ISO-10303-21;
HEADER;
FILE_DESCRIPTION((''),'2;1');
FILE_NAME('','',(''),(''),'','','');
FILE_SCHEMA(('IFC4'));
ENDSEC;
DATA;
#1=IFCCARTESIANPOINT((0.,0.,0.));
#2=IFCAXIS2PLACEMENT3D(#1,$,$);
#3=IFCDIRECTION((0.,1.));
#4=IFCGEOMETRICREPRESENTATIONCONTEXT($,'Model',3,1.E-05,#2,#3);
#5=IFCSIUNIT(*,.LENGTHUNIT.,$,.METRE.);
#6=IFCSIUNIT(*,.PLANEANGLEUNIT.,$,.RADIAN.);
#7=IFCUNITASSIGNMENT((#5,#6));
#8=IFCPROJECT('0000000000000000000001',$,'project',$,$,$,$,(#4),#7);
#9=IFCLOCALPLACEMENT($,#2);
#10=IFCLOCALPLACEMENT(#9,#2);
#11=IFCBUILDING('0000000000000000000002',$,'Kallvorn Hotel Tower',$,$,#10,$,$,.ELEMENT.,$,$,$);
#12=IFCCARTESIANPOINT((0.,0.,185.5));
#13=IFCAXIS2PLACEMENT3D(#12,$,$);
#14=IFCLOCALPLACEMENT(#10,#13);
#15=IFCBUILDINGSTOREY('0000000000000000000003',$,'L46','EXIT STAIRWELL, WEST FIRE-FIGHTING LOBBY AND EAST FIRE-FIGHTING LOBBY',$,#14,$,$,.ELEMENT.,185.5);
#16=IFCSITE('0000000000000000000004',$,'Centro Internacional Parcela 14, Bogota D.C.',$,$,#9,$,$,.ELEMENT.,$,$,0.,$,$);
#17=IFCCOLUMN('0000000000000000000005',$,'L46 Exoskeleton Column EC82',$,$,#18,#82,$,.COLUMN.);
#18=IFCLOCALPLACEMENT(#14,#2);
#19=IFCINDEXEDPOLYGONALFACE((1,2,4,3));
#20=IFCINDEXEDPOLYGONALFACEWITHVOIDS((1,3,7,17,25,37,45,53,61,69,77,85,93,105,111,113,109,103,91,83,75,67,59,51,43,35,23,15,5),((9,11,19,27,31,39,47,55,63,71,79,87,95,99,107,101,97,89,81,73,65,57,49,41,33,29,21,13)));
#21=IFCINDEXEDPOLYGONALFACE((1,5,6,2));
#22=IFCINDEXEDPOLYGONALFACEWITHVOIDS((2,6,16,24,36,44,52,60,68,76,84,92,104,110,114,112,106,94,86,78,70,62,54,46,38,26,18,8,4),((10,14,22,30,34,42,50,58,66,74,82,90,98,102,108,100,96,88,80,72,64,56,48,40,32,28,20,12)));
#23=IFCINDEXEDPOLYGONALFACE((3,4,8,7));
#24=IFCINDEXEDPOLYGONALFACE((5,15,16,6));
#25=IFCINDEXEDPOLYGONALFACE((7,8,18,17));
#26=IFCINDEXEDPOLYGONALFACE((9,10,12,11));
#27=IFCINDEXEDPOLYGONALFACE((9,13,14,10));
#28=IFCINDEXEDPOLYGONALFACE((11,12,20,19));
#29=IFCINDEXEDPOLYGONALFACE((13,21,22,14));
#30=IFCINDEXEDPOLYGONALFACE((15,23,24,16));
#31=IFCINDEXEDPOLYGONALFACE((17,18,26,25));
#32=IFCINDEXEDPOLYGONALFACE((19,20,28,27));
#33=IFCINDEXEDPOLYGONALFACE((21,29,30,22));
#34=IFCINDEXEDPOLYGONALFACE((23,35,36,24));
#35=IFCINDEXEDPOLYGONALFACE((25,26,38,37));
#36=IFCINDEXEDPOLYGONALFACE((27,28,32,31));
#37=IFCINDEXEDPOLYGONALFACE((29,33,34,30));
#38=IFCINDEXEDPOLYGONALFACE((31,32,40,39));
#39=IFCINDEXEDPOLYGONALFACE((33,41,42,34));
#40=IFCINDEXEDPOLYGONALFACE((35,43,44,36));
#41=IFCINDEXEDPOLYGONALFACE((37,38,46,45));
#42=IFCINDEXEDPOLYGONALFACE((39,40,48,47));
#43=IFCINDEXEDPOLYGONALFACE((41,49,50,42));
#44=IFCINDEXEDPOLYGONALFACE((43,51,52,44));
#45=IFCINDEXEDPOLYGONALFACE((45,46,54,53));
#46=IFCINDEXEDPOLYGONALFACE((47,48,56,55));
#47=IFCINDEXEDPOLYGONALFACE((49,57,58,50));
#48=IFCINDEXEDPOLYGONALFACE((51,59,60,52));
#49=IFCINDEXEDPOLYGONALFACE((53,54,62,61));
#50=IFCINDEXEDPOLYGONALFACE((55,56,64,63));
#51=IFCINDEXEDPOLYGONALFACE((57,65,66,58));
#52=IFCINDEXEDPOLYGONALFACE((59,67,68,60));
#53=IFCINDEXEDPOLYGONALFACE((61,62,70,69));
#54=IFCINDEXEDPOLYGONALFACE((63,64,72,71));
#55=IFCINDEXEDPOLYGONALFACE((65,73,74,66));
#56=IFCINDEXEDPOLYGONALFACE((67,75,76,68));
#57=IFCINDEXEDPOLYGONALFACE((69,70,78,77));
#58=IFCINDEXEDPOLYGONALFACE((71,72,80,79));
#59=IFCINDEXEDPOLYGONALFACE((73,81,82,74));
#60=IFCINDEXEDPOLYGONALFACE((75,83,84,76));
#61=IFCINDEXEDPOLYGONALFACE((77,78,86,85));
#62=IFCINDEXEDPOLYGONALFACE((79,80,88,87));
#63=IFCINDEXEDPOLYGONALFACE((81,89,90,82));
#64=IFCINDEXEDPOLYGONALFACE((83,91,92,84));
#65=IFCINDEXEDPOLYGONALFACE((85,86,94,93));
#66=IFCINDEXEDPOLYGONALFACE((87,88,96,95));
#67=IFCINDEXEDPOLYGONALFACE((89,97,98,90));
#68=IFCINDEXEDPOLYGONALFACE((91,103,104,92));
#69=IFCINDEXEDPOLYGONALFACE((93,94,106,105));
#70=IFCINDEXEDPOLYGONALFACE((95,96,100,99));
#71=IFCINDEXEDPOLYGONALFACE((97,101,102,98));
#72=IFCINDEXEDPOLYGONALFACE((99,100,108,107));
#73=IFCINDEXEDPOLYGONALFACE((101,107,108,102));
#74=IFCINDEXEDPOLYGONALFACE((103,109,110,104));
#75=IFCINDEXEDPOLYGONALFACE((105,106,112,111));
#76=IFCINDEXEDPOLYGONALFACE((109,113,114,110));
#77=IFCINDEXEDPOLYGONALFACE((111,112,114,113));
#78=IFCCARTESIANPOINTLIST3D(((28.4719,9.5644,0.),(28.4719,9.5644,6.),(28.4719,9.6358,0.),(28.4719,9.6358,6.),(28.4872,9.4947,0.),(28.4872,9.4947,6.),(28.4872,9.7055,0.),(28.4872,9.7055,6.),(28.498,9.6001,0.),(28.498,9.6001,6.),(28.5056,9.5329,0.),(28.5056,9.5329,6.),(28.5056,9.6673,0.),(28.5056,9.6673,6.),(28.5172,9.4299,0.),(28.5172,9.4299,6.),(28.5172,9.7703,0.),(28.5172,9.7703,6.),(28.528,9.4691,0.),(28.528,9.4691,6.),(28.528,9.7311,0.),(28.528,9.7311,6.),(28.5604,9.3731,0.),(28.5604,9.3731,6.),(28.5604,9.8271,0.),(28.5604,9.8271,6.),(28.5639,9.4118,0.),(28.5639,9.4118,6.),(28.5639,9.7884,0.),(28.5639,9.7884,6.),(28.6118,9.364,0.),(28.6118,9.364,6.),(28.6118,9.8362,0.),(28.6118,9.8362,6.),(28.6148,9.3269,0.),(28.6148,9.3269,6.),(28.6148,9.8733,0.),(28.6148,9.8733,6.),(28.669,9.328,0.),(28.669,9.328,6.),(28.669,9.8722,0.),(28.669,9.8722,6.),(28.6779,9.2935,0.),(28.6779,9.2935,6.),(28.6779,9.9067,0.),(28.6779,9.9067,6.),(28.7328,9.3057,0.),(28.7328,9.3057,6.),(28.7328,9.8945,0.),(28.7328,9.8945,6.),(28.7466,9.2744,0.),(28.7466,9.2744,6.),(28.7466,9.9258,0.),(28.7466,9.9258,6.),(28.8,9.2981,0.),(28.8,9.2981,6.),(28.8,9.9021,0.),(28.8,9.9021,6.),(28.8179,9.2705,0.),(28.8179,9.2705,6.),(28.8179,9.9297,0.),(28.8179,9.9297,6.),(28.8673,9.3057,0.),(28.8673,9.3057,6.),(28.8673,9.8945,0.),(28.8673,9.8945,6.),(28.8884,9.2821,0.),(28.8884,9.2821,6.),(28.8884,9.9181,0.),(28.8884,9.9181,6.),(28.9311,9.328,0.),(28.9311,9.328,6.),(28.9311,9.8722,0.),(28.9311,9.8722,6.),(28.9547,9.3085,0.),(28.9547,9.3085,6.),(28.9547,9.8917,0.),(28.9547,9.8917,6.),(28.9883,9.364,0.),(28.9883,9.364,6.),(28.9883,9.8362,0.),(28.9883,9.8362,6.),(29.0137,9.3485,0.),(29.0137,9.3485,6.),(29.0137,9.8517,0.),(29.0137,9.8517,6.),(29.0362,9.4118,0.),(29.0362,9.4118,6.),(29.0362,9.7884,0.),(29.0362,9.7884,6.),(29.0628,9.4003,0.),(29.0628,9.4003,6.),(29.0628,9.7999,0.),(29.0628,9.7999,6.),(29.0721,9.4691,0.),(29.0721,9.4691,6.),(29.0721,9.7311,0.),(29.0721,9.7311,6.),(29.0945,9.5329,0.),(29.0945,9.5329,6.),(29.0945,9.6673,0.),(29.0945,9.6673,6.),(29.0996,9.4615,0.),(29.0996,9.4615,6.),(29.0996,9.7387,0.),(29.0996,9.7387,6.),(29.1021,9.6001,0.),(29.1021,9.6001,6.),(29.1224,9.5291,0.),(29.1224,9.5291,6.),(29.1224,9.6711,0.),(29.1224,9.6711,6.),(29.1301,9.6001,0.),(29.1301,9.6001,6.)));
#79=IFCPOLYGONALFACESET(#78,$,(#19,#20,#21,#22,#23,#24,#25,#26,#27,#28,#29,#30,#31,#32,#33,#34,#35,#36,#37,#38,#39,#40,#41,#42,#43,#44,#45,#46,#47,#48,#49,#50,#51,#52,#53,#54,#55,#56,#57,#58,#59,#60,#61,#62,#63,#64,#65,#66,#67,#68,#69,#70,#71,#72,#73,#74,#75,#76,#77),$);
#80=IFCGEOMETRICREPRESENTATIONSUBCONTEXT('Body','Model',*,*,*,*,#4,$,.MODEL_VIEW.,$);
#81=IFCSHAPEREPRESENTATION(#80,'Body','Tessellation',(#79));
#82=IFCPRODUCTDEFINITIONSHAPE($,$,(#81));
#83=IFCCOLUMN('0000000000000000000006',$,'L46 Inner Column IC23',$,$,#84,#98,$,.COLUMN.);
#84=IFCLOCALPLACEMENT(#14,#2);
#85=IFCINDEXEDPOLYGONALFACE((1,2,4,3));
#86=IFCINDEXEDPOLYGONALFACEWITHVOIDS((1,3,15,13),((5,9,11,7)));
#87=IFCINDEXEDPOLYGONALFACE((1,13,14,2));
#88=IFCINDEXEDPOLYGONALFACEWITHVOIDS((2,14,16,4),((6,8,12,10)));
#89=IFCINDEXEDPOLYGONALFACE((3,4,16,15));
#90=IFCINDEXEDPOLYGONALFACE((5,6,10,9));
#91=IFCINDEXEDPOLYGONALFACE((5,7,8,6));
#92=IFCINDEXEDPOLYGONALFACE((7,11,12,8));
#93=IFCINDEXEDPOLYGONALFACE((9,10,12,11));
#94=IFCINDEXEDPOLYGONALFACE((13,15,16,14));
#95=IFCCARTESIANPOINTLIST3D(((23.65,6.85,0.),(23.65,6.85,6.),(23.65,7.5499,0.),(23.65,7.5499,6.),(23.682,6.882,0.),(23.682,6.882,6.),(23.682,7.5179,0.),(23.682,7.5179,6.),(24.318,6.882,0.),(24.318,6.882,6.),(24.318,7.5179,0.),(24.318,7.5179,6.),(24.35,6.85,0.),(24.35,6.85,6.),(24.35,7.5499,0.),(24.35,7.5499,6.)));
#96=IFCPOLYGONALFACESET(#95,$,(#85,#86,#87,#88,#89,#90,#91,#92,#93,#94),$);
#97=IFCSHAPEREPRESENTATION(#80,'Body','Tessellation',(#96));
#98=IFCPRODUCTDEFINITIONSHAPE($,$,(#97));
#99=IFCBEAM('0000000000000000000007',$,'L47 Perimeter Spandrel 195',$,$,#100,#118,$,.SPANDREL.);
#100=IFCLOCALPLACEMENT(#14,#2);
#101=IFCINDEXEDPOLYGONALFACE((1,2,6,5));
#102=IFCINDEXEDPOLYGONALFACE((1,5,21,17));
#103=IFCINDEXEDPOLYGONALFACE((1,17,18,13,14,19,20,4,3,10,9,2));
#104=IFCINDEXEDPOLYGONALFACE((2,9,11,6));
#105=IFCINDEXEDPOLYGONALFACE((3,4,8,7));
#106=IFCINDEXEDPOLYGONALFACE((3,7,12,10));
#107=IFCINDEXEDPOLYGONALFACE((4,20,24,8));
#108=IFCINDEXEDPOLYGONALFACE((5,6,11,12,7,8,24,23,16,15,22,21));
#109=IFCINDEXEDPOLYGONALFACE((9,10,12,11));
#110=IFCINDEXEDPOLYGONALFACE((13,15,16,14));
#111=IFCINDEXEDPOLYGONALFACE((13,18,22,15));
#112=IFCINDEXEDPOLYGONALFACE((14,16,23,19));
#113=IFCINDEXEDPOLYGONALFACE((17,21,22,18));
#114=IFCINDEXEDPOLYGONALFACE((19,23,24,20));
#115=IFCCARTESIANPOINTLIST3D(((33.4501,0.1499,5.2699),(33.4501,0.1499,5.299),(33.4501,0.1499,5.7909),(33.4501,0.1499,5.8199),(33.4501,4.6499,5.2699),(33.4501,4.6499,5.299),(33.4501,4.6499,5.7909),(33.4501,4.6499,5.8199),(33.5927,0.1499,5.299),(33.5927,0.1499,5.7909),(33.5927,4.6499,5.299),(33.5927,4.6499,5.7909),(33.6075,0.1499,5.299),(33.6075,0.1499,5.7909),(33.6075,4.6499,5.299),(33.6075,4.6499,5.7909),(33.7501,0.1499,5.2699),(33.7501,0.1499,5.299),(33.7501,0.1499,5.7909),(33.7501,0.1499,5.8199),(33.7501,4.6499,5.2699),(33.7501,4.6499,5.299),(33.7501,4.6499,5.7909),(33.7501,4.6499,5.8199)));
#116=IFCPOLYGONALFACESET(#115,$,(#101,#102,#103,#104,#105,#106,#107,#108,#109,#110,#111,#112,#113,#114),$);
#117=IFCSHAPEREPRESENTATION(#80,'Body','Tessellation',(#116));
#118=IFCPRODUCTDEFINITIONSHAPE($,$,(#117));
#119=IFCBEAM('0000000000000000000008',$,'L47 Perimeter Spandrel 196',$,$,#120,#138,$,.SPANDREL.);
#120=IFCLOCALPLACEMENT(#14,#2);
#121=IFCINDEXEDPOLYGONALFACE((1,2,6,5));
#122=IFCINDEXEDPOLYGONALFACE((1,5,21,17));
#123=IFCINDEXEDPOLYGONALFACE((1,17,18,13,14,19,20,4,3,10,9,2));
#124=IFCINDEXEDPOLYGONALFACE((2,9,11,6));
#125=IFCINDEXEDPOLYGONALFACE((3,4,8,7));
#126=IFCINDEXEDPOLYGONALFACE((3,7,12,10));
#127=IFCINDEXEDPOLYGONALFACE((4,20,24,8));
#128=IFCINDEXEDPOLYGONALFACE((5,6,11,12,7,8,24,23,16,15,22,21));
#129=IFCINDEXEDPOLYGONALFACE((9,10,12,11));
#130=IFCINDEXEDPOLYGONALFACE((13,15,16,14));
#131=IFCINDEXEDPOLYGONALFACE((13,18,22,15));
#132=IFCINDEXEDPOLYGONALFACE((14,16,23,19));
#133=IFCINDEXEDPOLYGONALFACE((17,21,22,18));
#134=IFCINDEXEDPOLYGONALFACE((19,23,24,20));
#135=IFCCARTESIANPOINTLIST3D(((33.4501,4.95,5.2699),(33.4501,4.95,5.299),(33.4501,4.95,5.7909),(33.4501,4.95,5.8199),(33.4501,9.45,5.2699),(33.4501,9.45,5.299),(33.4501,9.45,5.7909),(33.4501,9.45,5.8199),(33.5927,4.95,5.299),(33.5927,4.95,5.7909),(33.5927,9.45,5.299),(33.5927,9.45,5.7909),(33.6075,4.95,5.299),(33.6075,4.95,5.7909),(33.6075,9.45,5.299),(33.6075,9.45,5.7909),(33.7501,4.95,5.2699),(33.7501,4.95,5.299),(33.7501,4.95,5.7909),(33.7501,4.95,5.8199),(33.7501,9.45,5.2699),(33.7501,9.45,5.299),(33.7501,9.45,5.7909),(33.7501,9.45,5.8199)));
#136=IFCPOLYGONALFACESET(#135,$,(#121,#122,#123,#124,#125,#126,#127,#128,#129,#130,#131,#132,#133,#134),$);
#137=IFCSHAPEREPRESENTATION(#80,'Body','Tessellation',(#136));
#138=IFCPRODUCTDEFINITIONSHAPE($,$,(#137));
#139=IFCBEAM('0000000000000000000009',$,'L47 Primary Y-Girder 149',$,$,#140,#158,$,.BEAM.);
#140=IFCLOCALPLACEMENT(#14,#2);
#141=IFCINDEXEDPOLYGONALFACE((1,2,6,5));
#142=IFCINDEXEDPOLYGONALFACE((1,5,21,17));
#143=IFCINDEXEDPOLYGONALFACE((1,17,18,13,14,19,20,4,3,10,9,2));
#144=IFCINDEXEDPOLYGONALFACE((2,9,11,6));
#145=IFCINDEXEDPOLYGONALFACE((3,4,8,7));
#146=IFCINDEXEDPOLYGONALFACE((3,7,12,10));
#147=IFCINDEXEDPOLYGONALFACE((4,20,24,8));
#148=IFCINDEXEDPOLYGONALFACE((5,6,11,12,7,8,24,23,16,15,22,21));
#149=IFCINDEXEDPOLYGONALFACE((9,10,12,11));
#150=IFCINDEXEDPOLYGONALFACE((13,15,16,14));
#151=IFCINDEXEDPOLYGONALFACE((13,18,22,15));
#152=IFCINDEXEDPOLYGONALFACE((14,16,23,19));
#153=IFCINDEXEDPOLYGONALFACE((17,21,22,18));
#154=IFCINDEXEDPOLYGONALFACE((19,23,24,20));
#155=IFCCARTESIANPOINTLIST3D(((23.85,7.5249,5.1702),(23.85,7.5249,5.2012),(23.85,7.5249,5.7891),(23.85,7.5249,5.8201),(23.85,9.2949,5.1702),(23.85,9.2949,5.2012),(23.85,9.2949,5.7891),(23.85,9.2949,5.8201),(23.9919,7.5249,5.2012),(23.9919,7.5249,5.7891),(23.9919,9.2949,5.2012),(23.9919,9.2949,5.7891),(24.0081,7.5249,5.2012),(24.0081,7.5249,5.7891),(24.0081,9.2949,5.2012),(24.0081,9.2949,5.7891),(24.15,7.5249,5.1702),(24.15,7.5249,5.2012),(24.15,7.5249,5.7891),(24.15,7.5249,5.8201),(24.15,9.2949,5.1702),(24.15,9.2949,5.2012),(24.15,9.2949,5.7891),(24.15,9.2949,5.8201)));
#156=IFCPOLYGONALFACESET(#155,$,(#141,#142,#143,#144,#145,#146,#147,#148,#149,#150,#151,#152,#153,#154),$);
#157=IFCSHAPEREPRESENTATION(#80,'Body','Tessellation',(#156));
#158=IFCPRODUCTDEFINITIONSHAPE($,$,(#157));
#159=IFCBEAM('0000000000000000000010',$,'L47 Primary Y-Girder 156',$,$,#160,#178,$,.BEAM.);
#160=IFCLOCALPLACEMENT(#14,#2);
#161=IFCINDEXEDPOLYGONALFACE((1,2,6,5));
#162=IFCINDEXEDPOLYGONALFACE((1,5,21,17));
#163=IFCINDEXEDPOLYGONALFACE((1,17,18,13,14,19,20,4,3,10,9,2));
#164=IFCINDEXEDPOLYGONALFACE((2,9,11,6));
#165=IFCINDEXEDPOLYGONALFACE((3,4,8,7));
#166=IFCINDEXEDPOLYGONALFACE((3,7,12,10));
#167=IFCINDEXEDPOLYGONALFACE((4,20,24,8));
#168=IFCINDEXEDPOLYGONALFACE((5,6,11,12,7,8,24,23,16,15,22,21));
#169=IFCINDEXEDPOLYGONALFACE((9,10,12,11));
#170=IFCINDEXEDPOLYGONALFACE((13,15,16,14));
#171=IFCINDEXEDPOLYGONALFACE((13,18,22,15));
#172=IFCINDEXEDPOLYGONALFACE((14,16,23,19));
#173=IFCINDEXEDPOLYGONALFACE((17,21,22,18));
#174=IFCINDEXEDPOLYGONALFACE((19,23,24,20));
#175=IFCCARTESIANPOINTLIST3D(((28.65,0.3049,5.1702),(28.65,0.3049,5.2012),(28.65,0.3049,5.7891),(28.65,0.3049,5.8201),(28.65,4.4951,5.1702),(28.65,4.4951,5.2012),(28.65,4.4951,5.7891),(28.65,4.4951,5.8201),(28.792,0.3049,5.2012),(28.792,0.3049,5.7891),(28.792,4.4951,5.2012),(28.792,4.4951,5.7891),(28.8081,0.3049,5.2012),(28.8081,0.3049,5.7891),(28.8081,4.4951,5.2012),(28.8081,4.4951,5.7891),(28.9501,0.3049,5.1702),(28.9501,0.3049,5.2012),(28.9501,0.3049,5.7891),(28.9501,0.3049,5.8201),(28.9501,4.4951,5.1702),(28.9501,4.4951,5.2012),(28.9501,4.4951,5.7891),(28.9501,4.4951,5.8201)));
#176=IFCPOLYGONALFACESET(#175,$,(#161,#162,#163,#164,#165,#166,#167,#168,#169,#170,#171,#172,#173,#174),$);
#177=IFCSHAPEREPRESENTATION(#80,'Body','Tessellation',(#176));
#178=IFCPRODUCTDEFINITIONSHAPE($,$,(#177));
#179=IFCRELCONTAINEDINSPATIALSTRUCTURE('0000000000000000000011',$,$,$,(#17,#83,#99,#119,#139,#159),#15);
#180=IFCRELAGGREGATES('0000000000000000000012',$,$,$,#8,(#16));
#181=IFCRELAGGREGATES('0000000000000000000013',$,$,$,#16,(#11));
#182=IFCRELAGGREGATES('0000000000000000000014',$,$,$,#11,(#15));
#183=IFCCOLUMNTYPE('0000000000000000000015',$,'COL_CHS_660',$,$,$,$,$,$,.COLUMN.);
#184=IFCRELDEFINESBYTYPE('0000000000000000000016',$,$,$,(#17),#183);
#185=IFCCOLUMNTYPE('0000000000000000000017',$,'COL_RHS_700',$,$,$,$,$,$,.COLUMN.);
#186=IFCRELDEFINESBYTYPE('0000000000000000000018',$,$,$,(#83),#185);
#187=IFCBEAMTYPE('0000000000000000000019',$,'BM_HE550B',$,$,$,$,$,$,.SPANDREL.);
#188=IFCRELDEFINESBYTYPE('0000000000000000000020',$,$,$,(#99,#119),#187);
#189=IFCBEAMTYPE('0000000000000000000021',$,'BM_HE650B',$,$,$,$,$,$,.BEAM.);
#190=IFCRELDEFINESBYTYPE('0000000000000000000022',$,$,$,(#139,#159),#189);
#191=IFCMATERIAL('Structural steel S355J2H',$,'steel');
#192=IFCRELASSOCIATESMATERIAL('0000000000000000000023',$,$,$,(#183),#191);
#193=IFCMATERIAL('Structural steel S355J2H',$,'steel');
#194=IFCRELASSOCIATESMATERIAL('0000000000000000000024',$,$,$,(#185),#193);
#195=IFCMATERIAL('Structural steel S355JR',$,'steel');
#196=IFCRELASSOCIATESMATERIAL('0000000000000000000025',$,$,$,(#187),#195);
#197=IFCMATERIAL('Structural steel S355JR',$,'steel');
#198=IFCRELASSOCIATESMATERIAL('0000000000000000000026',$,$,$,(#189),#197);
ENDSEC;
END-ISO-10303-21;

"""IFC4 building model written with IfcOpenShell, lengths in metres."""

from ifc_helpers import new_model, si_unit, direction, frame, origin, origin_2d, place, context, subcontext, project, spatial, hollow_rectangle, hollow_circle, i_section, extrude, material, material_profile, profile_set, type_object, element, save


model = new_model("IFC4")

# Units and contexts
model_context = context("Model", 3, precision=1e-05, world=origin(), true_north=direction((0.0, 1.0)))
body_context = subcontext(model_context, "Body", "Model", "MODEL_VIEW")
ifc_project = project(units=[si_unit("LENGTHUNIT", "METRE"), si_unit("PLANEANGLEUNIT", "RADIAN")], contexts=[model_context])

# Site, building, storey
site_placement = place(None, origin())
site = spatial("IfcSite", under=ifc_project, at=site_placement, Name="Centro Internacional Parcela 14, Bogota D.C.", CompositionType="ELEMENT", RefElevation=0.0)
building_placement = place(site_placement, origin())
building = spatial("IfcBuilding", under=site, at=building_placement, Name="Kallvorn Hotel Tower", CompositionType="ELEMENT")
storey_placement = place(building_placement, frame((0.0, 0.0, 185.5)))
storey = spatial("IfcBuildingStorey", under=building, at=storey_placement, Name="L46", Description="EXIT STAIRWELL, WEST FIRE-FIGHTING LOBBY AND EAST FIRE-FIGHTING LOBBY", CompositionType="ELEMENT", Elevation=185.5)

# Columns
ifc_material_1 = material(Name="Structural steel S355J2H", Category="steel")
ifc_material_profile_1 = material_profile(ifc_material_1, hollow_circle(Radius=0.3301, WallThickness=0.0281, at=origin_2d()), Name="CHS 660x28")
ifc_profile_set_1 = profile_set([ifc_material_profile_1], Name="Structural steel S355J2H")
column_type_1 = type_object("IfcColumnType", Name="COL_CHS_660", PredefinedType="COLUMN", material=ifc_profile_set_1)
for number, where, z_axis, x_axis, name in (
    (1, (28.8, 9.6001, 0.0), (0.0, 0.0, 1.0), (1.0, 0.0, 0.0), "L46 Exoskeleton Column EC82"),
):
    element("IfcColumn", number, at=place(storey_placement, frame(where, z_axis=z_axis, x_axis=x_axis)), inside=storey, type_object=column_type_1, Name=name, PredefinedType="COLUMN", context=body_context, shape_type="SweptSolid", body=[
        extrude(hollow_circle(Radius=0.3301, WallThickness=0.0281, at=origin_2d()), origin(), (0.0, 0.0, 1.0), 6.0),
    ])
ifc_material_2 = material(Name="Structural steel S355J2H", Category="steel")
ifc_material_profile_2 = material_profile(ifc_material_2, hollow_rectangle(XDim=0.7, YDim=0.7, WallThickness=0.032, at=origin_2d()), Name="RHS 700x700x32")
ifc_profile_set_2 = profile_set([ifc_material_profile_2], Name="Structural steel S355J2H")
column_type_2 = type_object("IfcColumnType", Name="COL_RHS_700", PredefinedType="COLUMN", material=ifc_profile_set_2)
column_placement = place(storey_placement, frame((24.0, 7.2, 0.0), z_axis=(0.0, 0.0, 1.0), x_axis=(1.0, 0.0, 0.0)))
element("IfcColumn", 2, at=column_placement, inside=storey, type_object=column_type_2, Name="L46 Inner Column IC23", PredefinedType="COLUMN", context=body_context, shape_type="SweptSolid", body=[
    extrude(hollow_rectangle(XDim=0.7, YDim=0.7, WallThickness=0.032, at=origin_2d()), origin(), (0.0, 0.0, 1.0), 6.0),
])

# Beams
ifc_material_3 = material(Name="Structural steel S355JR", Category="steel")
ifc_material_profile_3 = material_profile(ifc_material_3, i_section(OverallWidth=0.3, OverallDepth=0.55, WebThickness=0.0149, FlangeThickness=0.0291, at=origin_2d()), Name="HE 550 B")
ifc_profile_set_3 = profile_set([ifc_material_profile_3], Name="Structural steel S355JR")
beam_type_1 = type_object("IfcBeamType", Name="BM_HE550B", PredefinedType="SPANDREL", material=ifc_profile_set_3)
for number, where, z_axis, x_axis, name in (
    (3, (33.6001, 0.1499, 5.5449), (0.0, 1.0, 0.0), (-1.0, 0.0, 0.0), "L47 Perimeter Spandrel 195"),
    (4, (33.6001, 4.95, 5.5449), (0.0, 1.0, 0.0), (-1.0, 0.0, 0.0), "L47 Perimeter Spandrel 196"),
):
    element("IfcBeam", number, at=place(storey_placement, frame(where, z_axis=z_axis, x_axis=x_axis)), inside=storey, type_object=beam_type_1, Name=name, PredefinedType="SPANDREL", context=body_context, shape_type="SweptSolid", body=[
        extrude(i_section(OverallWidth=0.3, OverallDepth=0.55, WebThickness=0.0149, FlangeThickness=0.0291, at=origin_2d()), origin(), (0.0, 0.0, 1.0), 4.5),
    ])
ifc_material_4 = material(Name="Structural steel S355JR", Category="steel")
ifc_material_profile_4 = material_profile(ifc_material_4, i_section(OverallWidth=0.3, OverallDepth=0.6499, WebThickness=0.0161, FlangeThickness=0.031, at=origin_2d()), Name="HE 650 B")
ifc_profile_set_4 = profile_set([ifc_material_profile_4], Name="Structural steel S355JR")
beam_type_2 = type_object("IfcBeamType", Name="BM_HE650B", PredefinedType="BEAM", material=ifc_profile_set_4)
beam_1_placement = place(storey_placement, frame((24.0, 7.5249, 5.4951), z_axis=(0.0, 1.0, 0.0), x_axis=(-1.0, 0.0, 0.0)))
element("IfcBeam", 5, at=beam_1_placement, inside=storey, type_object=beam_type_2, Name="L47 Primary Y-Girder 149", PredefinedType="BEAM", context=body_context, shape_type="SweptSolid", body=[
    extrude(i_section(OverallWidth=0.3, OverallDepth=0.6499, WebThickness=0.0161, FlangeThickness=0.031, at=origin_2d()), origin(), (0.0, 0.0, 1.0), 1.77),
])
beam_2_placement = place(storey_placement, frame((28.8, 0.3049, 5.4951), z_axis=(0.0, 1.0, 0.0), x_axis=(-1.0, 0.0, 0.0)))
element("IfcBeam", 6, at=beam_2_placement, inside=storey, type_object=beam_type_2, Name="L47 Primary Y-Girder 156", PredefinedType="BEAM", context=body_context, shape_type="SweptSolid", body=[
    extrude(i_section(OverallWidth=0.3, OverallDepth=0.6499, WebThickness=0.0161, FlangeThickness=0.031, at=origin_2d()), origin(), (0.0, 0.0, 1.0), 4.1902),
])

save(model, "model.ifc")
